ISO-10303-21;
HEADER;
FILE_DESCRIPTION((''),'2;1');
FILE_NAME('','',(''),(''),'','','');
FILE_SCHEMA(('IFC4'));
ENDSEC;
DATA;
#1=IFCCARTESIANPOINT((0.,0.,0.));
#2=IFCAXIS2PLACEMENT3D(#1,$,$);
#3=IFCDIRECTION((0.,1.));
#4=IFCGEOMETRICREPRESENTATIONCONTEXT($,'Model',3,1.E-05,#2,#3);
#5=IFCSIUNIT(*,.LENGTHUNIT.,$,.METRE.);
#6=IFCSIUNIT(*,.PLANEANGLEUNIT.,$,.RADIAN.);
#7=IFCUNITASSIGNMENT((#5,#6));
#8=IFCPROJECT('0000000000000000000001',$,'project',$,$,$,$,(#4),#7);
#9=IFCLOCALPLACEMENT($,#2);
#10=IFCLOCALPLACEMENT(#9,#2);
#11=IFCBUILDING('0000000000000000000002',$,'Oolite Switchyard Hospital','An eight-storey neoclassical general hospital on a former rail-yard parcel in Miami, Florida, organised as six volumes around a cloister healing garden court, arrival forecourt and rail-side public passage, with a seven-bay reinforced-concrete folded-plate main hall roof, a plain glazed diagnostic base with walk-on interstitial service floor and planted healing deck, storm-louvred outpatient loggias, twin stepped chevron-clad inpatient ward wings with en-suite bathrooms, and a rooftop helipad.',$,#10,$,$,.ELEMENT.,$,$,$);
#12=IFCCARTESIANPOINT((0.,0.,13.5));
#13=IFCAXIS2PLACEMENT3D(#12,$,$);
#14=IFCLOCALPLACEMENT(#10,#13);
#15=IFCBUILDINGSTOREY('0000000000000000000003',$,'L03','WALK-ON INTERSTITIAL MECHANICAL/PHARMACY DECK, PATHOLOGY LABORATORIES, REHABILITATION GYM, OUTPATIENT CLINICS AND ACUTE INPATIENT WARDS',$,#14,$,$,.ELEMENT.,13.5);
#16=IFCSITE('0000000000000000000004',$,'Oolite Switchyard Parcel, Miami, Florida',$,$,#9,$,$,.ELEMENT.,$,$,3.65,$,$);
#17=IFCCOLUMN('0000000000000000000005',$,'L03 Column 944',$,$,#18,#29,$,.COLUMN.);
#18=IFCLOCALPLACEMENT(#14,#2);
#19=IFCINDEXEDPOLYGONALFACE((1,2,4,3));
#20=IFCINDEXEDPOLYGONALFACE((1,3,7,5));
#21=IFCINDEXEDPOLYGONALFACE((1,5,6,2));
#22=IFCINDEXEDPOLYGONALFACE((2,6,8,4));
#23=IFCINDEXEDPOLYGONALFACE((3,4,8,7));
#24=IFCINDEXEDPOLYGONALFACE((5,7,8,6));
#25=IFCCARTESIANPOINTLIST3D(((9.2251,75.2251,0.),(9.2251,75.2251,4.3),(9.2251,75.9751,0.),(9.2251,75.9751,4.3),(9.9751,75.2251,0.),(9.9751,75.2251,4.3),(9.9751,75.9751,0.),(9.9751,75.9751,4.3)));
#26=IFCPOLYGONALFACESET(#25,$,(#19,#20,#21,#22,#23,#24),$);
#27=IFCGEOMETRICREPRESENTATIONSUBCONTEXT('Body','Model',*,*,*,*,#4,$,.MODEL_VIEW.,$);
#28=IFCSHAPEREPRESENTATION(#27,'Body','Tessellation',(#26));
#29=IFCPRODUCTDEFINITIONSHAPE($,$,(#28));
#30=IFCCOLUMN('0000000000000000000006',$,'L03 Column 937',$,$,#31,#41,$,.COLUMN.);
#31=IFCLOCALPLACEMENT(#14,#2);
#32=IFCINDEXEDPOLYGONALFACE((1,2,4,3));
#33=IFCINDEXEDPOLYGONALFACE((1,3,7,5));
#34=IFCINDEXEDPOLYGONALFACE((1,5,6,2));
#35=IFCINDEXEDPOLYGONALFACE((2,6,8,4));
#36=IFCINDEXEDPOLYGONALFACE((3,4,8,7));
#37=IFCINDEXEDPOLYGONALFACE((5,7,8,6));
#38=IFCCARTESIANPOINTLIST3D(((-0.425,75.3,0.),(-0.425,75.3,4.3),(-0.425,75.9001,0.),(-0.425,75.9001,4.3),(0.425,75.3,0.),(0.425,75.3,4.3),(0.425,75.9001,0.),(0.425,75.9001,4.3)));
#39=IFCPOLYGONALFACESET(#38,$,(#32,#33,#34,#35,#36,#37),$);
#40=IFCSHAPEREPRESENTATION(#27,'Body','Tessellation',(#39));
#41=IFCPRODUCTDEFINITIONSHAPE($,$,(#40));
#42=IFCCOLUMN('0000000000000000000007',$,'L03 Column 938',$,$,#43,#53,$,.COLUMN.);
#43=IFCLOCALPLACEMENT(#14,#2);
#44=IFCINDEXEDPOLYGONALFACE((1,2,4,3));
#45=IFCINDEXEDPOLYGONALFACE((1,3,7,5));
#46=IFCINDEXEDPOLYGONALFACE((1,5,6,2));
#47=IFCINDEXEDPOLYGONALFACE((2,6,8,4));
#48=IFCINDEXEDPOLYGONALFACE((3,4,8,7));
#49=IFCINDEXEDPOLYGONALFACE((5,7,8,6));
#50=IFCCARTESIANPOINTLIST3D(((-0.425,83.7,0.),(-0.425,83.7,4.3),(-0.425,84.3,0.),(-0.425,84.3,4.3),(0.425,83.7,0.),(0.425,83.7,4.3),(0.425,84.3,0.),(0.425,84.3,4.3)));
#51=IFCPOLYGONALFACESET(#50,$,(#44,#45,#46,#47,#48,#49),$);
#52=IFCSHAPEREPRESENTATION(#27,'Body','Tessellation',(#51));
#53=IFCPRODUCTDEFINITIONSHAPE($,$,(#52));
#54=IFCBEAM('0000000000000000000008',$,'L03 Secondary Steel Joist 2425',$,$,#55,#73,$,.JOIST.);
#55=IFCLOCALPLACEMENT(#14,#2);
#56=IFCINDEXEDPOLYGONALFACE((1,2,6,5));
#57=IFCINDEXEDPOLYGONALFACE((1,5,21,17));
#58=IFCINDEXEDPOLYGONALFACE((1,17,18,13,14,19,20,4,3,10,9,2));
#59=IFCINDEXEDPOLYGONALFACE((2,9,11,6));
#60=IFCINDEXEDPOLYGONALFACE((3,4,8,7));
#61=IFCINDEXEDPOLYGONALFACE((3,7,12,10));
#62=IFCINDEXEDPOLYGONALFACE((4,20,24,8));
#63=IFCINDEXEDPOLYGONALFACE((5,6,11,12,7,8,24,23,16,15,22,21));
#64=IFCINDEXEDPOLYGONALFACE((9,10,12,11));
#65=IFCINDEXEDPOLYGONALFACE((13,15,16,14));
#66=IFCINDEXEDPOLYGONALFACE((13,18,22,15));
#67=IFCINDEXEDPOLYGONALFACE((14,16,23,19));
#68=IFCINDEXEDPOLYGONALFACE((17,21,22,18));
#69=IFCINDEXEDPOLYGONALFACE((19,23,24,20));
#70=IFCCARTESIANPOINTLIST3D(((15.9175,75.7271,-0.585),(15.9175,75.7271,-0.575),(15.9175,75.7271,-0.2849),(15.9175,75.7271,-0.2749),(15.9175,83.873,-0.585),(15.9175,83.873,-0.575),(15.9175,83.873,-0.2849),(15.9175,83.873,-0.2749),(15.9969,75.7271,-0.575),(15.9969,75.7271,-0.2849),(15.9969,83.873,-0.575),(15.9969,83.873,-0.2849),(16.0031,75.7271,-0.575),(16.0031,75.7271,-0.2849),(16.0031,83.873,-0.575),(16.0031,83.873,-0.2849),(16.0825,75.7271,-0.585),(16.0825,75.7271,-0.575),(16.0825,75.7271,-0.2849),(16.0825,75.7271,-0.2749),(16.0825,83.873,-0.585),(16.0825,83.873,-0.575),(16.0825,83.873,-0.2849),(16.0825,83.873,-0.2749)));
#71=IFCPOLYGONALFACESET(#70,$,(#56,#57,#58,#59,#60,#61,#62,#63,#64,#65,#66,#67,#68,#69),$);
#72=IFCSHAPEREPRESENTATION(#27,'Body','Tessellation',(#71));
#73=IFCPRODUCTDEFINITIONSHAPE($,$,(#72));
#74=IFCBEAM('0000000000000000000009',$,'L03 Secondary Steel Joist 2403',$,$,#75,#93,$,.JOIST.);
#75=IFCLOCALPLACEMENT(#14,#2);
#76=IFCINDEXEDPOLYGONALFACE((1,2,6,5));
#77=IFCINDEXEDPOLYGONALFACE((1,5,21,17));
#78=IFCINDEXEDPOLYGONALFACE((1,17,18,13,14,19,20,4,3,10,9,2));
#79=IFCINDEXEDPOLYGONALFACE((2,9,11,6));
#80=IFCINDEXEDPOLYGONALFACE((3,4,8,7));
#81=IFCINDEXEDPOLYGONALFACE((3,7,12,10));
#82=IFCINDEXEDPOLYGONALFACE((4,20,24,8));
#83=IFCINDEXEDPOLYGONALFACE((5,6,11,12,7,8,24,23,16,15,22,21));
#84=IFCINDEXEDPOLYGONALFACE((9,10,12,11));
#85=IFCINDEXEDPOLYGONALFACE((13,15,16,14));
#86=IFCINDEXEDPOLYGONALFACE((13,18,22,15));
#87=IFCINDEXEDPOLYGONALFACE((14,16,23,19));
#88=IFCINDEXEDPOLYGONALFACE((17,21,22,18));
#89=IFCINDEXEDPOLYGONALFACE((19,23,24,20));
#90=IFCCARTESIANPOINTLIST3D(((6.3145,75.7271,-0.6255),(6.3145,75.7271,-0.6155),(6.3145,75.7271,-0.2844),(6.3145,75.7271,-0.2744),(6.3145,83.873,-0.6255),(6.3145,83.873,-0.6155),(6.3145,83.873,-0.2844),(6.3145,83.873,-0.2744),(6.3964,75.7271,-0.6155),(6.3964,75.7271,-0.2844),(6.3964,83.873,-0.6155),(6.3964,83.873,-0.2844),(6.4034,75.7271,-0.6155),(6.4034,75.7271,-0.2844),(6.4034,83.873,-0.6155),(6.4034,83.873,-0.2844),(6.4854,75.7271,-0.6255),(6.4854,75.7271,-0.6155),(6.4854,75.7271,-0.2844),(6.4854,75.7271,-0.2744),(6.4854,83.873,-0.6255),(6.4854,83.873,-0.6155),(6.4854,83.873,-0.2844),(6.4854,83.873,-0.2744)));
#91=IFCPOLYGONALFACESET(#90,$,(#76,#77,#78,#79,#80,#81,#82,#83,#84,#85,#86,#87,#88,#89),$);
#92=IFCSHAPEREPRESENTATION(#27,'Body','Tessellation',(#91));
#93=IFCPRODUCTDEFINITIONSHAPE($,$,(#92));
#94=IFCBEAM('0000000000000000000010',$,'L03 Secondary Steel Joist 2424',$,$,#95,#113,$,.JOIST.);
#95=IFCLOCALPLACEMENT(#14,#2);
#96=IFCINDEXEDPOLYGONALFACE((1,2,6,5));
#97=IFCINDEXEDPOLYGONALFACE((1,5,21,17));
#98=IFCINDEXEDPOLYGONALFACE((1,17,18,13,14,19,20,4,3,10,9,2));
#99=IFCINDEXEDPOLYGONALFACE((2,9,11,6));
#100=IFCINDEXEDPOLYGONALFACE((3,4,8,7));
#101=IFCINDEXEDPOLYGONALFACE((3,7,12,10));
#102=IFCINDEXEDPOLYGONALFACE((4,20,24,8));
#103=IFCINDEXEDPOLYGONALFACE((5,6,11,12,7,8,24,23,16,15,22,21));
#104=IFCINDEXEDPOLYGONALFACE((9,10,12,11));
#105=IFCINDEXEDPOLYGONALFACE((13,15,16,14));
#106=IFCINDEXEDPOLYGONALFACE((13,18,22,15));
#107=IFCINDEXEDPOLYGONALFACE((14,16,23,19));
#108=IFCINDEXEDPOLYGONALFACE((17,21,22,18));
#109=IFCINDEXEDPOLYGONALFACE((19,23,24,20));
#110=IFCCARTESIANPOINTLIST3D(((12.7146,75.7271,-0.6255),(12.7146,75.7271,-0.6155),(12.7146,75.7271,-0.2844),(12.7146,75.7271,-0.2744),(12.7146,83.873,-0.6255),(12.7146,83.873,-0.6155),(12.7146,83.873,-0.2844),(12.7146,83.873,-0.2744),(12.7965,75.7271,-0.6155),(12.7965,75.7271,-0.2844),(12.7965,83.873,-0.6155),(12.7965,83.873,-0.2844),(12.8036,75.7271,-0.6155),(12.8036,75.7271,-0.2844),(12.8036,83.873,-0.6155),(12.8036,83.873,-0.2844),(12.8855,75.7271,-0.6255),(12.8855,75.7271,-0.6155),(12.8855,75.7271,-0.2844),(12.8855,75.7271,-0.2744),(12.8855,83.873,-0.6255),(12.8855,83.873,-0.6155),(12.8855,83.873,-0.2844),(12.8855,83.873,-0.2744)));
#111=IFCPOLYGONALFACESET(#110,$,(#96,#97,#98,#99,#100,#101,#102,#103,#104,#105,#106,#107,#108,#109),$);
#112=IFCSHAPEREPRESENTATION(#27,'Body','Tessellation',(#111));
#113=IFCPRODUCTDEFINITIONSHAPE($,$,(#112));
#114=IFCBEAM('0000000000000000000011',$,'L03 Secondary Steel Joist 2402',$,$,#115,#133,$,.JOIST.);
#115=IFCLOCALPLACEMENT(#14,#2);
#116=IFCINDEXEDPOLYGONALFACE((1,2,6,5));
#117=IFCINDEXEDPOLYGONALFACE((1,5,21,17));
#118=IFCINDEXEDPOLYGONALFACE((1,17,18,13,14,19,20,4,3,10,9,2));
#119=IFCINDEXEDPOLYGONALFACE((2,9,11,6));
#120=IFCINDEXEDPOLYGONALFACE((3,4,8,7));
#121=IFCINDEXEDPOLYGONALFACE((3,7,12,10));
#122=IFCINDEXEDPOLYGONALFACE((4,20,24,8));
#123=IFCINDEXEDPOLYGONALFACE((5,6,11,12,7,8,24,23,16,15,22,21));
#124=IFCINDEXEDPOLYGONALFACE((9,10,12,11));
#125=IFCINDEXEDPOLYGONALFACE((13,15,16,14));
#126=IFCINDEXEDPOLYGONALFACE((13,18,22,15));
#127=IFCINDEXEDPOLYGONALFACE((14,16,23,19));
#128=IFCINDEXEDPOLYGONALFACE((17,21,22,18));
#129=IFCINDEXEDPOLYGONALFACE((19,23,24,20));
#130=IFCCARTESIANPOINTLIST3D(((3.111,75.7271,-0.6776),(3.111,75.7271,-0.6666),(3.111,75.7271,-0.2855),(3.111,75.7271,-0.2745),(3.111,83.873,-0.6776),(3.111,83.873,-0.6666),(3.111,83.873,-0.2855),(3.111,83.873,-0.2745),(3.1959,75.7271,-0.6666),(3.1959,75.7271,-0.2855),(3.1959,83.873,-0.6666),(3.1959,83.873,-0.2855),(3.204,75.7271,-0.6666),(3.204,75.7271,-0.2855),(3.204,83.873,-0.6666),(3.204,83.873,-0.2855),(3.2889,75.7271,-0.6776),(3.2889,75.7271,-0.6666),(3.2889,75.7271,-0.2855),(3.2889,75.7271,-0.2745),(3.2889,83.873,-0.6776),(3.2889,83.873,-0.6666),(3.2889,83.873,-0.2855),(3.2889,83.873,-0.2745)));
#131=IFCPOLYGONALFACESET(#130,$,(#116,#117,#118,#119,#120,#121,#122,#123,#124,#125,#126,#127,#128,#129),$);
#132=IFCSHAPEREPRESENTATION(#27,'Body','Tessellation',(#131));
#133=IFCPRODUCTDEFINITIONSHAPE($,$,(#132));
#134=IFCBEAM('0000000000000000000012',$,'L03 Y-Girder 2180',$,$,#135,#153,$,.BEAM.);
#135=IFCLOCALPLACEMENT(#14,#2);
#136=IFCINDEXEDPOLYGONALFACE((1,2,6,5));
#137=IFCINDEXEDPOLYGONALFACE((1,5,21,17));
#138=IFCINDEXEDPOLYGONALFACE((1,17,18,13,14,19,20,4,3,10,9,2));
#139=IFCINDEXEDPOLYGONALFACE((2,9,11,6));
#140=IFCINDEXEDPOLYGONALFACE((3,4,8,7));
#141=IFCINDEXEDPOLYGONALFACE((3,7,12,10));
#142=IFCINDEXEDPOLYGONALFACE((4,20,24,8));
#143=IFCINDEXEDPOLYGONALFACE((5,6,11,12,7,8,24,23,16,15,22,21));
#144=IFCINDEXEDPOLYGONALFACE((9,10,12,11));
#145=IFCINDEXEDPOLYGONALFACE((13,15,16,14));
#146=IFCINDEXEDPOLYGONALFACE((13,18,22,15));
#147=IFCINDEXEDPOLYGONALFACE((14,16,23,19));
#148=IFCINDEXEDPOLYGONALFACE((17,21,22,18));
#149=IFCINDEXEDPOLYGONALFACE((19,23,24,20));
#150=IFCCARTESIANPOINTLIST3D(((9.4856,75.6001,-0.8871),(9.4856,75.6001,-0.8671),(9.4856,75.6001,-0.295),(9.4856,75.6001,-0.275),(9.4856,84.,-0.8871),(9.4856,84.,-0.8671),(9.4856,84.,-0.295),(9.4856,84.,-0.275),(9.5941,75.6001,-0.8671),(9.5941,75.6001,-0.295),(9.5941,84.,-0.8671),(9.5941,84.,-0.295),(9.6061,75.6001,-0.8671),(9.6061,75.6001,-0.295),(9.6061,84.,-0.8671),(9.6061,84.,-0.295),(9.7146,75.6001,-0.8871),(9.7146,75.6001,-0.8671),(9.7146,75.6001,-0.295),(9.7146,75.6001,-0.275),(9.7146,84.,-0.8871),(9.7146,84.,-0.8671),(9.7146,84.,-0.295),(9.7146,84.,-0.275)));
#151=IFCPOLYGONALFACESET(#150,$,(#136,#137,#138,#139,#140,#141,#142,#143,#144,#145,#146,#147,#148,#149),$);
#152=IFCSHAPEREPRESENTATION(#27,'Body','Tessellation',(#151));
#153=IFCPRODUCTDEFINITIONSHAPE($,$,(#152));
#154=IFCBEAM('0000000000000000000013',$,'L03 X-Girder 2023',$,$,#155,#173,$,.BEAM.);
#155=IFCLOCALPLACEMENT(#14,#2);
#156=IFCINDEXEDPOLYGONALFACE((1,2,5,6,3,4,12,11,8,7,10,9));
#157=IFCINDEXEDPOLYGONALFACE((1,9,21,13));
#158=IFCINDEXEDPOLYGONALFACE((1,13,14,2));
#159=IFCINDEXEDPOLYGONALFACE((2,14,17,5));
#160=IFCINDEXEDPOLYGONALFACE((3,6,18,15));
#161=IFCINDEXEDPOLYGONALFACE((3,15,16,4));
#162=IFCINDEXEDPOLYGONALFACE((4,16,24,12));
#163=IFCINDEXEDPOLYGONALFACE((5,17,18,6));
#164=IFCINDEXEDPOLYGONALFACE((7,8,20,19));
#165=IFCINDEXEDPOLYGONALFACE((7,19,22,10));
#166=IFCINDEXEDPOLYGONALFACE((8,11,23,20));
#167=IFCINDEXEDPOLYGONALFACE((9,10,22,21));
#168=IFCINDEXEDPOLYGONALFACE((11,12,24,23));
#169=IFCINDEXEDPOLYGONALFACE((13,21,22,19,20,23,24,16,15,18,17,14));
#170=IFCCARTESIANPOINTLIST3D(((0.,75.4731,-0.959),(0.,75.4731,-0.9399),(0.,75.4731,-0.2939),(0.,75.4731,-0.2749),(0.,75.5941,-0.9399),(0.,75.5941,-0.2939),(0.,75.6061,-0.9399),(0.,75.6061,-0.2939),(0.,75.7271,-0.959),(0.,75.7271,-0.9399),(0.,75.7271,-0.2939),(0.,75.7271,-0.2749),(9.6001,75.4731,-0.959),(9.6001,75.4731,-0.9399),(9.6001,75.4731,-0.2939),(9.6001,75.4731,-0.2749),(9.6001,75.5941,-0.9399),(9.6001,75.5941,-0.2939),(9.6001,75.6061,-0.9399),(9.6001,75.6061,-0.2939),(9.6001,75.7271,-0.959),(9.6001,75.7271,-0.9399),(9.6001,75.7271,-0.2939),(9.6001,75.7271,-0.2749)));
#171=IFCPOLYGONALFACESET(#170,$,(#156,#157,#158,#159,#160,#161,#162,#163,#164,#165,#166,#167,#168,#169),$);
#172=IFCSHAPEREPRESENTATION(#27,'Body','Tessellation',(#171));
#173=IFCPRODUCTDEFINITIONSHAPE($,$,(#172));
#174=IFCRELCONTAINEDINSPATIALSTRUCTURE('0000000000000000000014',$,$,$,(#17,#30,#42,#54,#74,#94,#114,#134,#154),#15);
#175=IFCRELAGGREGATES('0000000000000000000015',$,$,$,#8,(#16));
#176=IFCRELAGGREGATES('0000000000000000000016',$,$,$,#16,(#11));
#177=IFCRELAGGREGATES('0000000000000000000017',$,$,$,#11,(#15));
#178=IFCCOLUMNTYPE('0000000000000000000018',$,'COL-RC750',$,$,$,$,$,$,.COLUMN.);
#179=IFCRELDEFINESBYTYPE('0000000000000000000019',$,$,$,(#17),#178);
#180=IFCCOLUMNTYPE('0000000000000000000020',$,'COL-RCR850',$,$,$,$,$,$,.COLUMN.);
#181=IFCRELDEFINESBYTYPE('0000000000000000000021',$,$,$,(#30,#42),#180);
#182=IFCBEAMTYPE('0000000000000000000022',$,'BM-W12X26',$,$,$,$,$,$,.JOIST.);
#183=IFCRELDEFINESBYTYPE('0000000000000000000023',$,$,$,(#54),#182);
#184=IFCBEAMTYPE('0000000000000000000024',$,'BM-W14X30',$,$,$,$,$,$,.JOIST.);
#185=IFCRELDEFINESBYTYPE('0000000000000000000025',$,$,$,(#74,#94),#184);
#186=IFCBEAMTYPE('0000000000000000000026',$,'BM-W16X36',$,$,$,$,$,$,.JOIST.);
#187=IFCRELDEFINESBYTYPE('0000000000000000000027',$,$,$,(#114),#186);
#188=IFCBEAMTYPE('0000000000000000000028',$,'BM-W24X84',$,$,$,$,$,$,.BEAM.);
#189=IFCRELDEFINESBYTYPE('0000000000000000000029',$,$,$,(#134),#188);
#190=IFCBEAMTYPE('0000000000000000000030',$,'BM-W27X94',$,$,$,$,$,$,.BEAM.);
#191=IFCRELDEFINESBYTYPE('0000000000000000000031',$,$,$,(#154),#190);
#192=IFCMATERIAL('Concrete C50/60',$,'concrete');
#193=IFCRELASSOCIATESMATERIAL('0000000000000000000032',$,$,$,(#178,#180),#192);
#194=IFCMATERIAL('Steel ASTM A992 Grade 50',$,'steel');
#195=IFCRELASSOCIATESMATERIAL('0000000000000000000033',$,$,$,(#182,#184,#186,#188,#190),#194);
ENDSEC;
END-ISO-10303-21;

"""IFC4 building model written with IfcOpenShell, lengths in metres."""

from ifc_helpers import new_model, si_unit, direction, frame, origin, origin_2d, place, context, subcontext, project, spatial, rectangle, i_section, extrude, material, material_profile, profile_set, type_object, element, save


model = new_model("IFC4")

# Units and contexts
model_context = context("Model", 3, precision=1e-05, world=origin(), true_north=direction((0.0, 1.0)))
body_context = subcontext(model_context, "Body", "Model", "MODEL_VIEW")
ifc_project = project(units=[si_unit("LENGTHUNIT", "METRE"), si_unit("PLANEANGLEUNIT", "RADIAN")], contexts=[model_context])

# Site, building, storey
site_placement = place(None, origin())
site = spatial("IfcSite", under=ifc_project, at=site_placement, Name="Oolite Switchyard Parcel, Miami, Florida", CompositionType="ELEMENT", RefElevation=3.65)
building_placement = place(site_placement, origin())
building = spatial("IfcBuilding", under=site, at=building_placement, Name="Oolite Switchyard Hospital", Description="An eight-storey neoclassical general hospital on a former rail-yard parcel in Miami, Florida, organised as six volumes around a cloister healing garden court, arrival forecourt and rail-side public passage, with a seven-bay reinforced-concrete folded-plate main hall roof, a plain glazed diagnostic base with walk-on interstitial service floor and planted healing deck, storm-louvred outpatient loggias, twin stepped chevron-clad inpatient ward wings with en-suite bathrooms, and a rooftop helipad.", CompositionType="ELEMENT")
storey_placement = place(building_placement, frame((0.0, 0.0, 13.5)))
storey = spatial("IfcBuildingStorey", under=building, at=storey_placement, Name="L03", Description="WALK-ON INTERSTITIAL MECHANICAL/PHARMACY DECK, PATHOLOGY LABORATORIES, REHABILITATION GYM, OUTPATIENT CLINICS AND ACUTE INPATIENT WARDS", CompositionType="ELEMENT", Elevation=13.5)

# Columns
ifc_material_1 = material(Name="Concrete C50/60", Category="concrete")
ifc_material_profile_1 = material_profile(ifc_material_1, rectangle(XDim=0.75, YDim=0.75, at=origin_2d()), Name="RC750X750")
ifc_profile_set_1 = profile_set([ifc_material_profile_1], Name="Concrete C50/60")
column_type_1 = type_object("IfcColumnType", Name="COL-RC750", PredefinedType="COLUMN", material=ifc_profile_set_1)
column_placement = place(storey_placement, frame((9.6001, 75.6001, 0.0), z_axis=(0.0, 0.0, 1.0), x_axis=(1.0, 0.0, 0.0)))
element("IfcColumn", 1, at=column_placement, inside=storey, type_object=column_type_1, Name="L03 Column 944", PredefinedType="COLUMN", context=body_context, shape_type="SweptSolid", body=[
    extrude(rectangle(XDim=0.75, YDim=0.75, at=origin_2d()), origin(), (0.0, 0.0, 1.0), 4.3),
])
ifc_material_profile_2 = material_profile(ifc_material_1, rectangle(XDim=0.8501, YDim=0.6001, at=origin_2d()), Name="RC850X600")
ifc_profile_set_2 = profile_set([ifc_material_profile_2], Name="Concrete C50/60")
column_type_2 = type_object("IfcColumnType", Name="COL-RCR850", PredefinedType="COLUMN", material=ifc_profile_set_2)
for number, where, z_axis, x_axis, name in (
    (2, (0.0, 75.6001, 0.0), (0.0, 0.0, 1.0), (1.0, 0.0, 0.0), "L03 Column 937"),
    (3, (0.0, 84.0, 0.0), (0.0, 0.0, 1.0), (1.0, 0.0, 0.0), "L03 Column 938"),
):
    element("IfcColumn", number, at=place(storey_placement, frame(where, z_axis=z_axis, x_axis=x_axis)), inside=storey, type_object=column_type_2, Name=name, PredefinedType="COLUMN", context=body_context, shape_type="SweptSolid", body=[
        extrude(rectangle(XDim=0.8501, YDim=0.6001, at=origin_2d()), origin(), (0.0, 0.0, 1.0), 4.3),
    ])

# Beams
ifc_material_2 = material(Name="Steel ASTM A992 Grade 50", Category="steel")
ifc_material_profile_3 = material_profile(ifc_material_2, i_section(OverallWidth=0.165, OverallDepth=0.3101, WebThickness=0.0061, FlangeThickness=0.01, at=origin_2d()), Name="W12X26")
ifc_profile_set_3 = profile_set([ifc_material_profile_3], Name="Steel ASTM A992 Grade 50")
beam_type_1 = type_object("IfcBeamType", Name="BM-W12X26", PredefinedType="JOIST", material=ifc_profile_set_3)
beam_1_placement = place(storey_placement, frame((16.0, 75.7271, -0.4299), z_axis=(0.0, 1.0, 0.0), x_axis=(-1.0, 0.0, 0.0)))
element("IfcBeam", 4, at=beam_1_placement, inside=storey, type_object=beam_type_1, Name="L03 Secondary Steel Joist 2425", PredefinedType="JOIST", context=body_context, shape_type="SweptSolid", body=[
    extrude(i_section(OverallWidth=0.165, OverallDepth=0.3101, WebThickness=0.0061, FlangeThickness=0.01, at=origin_2d()), origin(), (0.0, 0.0, 1.0), 8.146),
])
ifc_material_profile_4 = material_profile(ifc_material_2, i_section(OverallWidth=0.1709, OverallDepth=0.3511, WebThickness=0.0071, FlangeThickness=0.01, at=origin_2d()), Name="W14X30")
ifc_profile_set_4 = profile_set([ifc_material_profile_4], Name="Steel ASTM A992 Grade 50")
beam_type_2 = type_object("IfcBeamType", Name="BM-W14X30", PredefinedType="JOIST", material=ifc_profile_set_4)
for number, where, z_axis, x_axis, name in (
    (5, (6.3999, 75.7271, -0.45), (0.0, 1.0, 0.0), (-1.0, 0.0, 0.0), "L03 Secondary Steel Joist 2403"),
    (6, (12.8, 75.7271, -0.45), (0.0, 1.0, 0.0), (-1.0, 0.0, 0.0), "L03 Secondary Steel Joist 2424"),
):
    element("IfcBeam", number, at=place(storey_placement, frame(where, z_axis=z_axis, x_axis=x_axis)), inside=storey, type_object=beam_type_2, Name=name, PredefinedType="JOIST", context=body_context, shape_type="SweptSolid", body=[
        extrude(i_section(OverallWidth=0.1709, OverallDepth=0.3511, WebThickness=0.0071, FlangeThickness=0.01, at=origin_2d()), origin(), (0.0, 0.0, 1.0), 8.146),
    ])
ifc_material_profile_5 = material_profile(ifc_material_2, i_section(OverallWidth=0.178, OverallDepth=0.4031, WebThickness=0.0081, FlangeThickness=0.011, at=origin_2d()), Name="W16X36")
ifc_profile_set_5 = profile_set([ifc_material_profile_5], Name="Steel ASTM A992 Grade 50")
beam_type_3 = type_object("IfcBeamType", Name="BM-W16X36", PredefinedType="JOIST", material=ifc_profile_set_5)
beam_2_placement = place(storey_placement, frame((3.2, 75.7271, -0.4761), z_axis=(0.0, 1.0, 0.0), x_axis=(-1.0, 0.0, 0.0)))
element("IfcBeam", 7, at=beam_2_placement, inside=storey, type_object=beam_type_3, Name="L03 Secondary Steel Joist 2402", PredefinedType="JOIST", context=body_context, shape_type="SweptSolid", body=[
    extrude(i_section(OverallWidth=0.178, OverallDepth=0.4031, WebThickness=0.0081, FlangeThickness=0.011, at=origin_2d()), origin(), (0.0, 0.0, 1.0), 8.146),
])
ifc_material_profile_6 = material_profile(ifc_material_2, i_section(OverallWidth=0.229, OverallDepth=0.6121, WebThickness=0.012, FlangeThickness=0.02, at=origin_2d()), Name="W24X84")
ifc_profile_set_6 = profile_set([ifc_material_profile_6], Name="Steel ASTM A992 Grade 50")
beam_type_4 = type_object("IfcBeamType", Name="BM-W24X84", PredefinedType="BEAM", material=ifc_profile_set_6)
beam_3_placement = place(storey_placement, frame((9.6001, 75.6001, -0.5811), z_axis=(0.0, 1.0, 0.0), x_axis=(-1.0, 0.0, 0.0)))
element("IfcBeam", 8, at=beam_3_placement, inside=storey, type_object=beam_type_4, Name="L03 Y-Girder 2180", PredefinedType="BEAM", context=body_context, shape_type="SweptSolid", body=[
    extrude(i_section(OverallWidth=0.229, OverallDepth=0.6121, WebThickness=0.012, FlangeThickness=0.02, at=origin_2d()), origin(), (0.0, 0.0, 1.0), 8.3999),
])
ifc_material_profile_7 = material_profile(ifc_material_2, i_section(OverallWidth=0.2539, OverallDepth=0.6841, WebThickness=0.012, FlangeThickness=0.019, at=origin_2d()), Name="W27X94")
ifc_profile_set_7 = profile_set([ifc_material_profile_7], Name="Steel ASTM A992 Grade 50")
beam_type_5 = type_object("IfcBeamType", Name="BM-W27X94", PredefinedType="BEAM", material=ifc_profile_set_7)
beam_4_placement = place(storey_placement, frame((0.0, 75.6001, -0.6169), z_axis=(1.0, 0.0, 0.0), x_axis=(0.0, 1.0, 0.0)))
element("IfcBeam", 9, at=beam_4_placement, inside=storey, type_object=beam_type_5, Name="L03 X-Girder 2023", PredefinedType="BEAM", context=body_context, shape_type="SweptSolid", body=[
    extrude(i_section(OverallWidth=0.2539, OverallDepth=0.6841, WebThickness=0.012, FlangeThickness=0.019, at=origin_2d()), origin(), (0.0, 0.0, 1.0), 9.6001),
])

save(model, "model.ifc")
